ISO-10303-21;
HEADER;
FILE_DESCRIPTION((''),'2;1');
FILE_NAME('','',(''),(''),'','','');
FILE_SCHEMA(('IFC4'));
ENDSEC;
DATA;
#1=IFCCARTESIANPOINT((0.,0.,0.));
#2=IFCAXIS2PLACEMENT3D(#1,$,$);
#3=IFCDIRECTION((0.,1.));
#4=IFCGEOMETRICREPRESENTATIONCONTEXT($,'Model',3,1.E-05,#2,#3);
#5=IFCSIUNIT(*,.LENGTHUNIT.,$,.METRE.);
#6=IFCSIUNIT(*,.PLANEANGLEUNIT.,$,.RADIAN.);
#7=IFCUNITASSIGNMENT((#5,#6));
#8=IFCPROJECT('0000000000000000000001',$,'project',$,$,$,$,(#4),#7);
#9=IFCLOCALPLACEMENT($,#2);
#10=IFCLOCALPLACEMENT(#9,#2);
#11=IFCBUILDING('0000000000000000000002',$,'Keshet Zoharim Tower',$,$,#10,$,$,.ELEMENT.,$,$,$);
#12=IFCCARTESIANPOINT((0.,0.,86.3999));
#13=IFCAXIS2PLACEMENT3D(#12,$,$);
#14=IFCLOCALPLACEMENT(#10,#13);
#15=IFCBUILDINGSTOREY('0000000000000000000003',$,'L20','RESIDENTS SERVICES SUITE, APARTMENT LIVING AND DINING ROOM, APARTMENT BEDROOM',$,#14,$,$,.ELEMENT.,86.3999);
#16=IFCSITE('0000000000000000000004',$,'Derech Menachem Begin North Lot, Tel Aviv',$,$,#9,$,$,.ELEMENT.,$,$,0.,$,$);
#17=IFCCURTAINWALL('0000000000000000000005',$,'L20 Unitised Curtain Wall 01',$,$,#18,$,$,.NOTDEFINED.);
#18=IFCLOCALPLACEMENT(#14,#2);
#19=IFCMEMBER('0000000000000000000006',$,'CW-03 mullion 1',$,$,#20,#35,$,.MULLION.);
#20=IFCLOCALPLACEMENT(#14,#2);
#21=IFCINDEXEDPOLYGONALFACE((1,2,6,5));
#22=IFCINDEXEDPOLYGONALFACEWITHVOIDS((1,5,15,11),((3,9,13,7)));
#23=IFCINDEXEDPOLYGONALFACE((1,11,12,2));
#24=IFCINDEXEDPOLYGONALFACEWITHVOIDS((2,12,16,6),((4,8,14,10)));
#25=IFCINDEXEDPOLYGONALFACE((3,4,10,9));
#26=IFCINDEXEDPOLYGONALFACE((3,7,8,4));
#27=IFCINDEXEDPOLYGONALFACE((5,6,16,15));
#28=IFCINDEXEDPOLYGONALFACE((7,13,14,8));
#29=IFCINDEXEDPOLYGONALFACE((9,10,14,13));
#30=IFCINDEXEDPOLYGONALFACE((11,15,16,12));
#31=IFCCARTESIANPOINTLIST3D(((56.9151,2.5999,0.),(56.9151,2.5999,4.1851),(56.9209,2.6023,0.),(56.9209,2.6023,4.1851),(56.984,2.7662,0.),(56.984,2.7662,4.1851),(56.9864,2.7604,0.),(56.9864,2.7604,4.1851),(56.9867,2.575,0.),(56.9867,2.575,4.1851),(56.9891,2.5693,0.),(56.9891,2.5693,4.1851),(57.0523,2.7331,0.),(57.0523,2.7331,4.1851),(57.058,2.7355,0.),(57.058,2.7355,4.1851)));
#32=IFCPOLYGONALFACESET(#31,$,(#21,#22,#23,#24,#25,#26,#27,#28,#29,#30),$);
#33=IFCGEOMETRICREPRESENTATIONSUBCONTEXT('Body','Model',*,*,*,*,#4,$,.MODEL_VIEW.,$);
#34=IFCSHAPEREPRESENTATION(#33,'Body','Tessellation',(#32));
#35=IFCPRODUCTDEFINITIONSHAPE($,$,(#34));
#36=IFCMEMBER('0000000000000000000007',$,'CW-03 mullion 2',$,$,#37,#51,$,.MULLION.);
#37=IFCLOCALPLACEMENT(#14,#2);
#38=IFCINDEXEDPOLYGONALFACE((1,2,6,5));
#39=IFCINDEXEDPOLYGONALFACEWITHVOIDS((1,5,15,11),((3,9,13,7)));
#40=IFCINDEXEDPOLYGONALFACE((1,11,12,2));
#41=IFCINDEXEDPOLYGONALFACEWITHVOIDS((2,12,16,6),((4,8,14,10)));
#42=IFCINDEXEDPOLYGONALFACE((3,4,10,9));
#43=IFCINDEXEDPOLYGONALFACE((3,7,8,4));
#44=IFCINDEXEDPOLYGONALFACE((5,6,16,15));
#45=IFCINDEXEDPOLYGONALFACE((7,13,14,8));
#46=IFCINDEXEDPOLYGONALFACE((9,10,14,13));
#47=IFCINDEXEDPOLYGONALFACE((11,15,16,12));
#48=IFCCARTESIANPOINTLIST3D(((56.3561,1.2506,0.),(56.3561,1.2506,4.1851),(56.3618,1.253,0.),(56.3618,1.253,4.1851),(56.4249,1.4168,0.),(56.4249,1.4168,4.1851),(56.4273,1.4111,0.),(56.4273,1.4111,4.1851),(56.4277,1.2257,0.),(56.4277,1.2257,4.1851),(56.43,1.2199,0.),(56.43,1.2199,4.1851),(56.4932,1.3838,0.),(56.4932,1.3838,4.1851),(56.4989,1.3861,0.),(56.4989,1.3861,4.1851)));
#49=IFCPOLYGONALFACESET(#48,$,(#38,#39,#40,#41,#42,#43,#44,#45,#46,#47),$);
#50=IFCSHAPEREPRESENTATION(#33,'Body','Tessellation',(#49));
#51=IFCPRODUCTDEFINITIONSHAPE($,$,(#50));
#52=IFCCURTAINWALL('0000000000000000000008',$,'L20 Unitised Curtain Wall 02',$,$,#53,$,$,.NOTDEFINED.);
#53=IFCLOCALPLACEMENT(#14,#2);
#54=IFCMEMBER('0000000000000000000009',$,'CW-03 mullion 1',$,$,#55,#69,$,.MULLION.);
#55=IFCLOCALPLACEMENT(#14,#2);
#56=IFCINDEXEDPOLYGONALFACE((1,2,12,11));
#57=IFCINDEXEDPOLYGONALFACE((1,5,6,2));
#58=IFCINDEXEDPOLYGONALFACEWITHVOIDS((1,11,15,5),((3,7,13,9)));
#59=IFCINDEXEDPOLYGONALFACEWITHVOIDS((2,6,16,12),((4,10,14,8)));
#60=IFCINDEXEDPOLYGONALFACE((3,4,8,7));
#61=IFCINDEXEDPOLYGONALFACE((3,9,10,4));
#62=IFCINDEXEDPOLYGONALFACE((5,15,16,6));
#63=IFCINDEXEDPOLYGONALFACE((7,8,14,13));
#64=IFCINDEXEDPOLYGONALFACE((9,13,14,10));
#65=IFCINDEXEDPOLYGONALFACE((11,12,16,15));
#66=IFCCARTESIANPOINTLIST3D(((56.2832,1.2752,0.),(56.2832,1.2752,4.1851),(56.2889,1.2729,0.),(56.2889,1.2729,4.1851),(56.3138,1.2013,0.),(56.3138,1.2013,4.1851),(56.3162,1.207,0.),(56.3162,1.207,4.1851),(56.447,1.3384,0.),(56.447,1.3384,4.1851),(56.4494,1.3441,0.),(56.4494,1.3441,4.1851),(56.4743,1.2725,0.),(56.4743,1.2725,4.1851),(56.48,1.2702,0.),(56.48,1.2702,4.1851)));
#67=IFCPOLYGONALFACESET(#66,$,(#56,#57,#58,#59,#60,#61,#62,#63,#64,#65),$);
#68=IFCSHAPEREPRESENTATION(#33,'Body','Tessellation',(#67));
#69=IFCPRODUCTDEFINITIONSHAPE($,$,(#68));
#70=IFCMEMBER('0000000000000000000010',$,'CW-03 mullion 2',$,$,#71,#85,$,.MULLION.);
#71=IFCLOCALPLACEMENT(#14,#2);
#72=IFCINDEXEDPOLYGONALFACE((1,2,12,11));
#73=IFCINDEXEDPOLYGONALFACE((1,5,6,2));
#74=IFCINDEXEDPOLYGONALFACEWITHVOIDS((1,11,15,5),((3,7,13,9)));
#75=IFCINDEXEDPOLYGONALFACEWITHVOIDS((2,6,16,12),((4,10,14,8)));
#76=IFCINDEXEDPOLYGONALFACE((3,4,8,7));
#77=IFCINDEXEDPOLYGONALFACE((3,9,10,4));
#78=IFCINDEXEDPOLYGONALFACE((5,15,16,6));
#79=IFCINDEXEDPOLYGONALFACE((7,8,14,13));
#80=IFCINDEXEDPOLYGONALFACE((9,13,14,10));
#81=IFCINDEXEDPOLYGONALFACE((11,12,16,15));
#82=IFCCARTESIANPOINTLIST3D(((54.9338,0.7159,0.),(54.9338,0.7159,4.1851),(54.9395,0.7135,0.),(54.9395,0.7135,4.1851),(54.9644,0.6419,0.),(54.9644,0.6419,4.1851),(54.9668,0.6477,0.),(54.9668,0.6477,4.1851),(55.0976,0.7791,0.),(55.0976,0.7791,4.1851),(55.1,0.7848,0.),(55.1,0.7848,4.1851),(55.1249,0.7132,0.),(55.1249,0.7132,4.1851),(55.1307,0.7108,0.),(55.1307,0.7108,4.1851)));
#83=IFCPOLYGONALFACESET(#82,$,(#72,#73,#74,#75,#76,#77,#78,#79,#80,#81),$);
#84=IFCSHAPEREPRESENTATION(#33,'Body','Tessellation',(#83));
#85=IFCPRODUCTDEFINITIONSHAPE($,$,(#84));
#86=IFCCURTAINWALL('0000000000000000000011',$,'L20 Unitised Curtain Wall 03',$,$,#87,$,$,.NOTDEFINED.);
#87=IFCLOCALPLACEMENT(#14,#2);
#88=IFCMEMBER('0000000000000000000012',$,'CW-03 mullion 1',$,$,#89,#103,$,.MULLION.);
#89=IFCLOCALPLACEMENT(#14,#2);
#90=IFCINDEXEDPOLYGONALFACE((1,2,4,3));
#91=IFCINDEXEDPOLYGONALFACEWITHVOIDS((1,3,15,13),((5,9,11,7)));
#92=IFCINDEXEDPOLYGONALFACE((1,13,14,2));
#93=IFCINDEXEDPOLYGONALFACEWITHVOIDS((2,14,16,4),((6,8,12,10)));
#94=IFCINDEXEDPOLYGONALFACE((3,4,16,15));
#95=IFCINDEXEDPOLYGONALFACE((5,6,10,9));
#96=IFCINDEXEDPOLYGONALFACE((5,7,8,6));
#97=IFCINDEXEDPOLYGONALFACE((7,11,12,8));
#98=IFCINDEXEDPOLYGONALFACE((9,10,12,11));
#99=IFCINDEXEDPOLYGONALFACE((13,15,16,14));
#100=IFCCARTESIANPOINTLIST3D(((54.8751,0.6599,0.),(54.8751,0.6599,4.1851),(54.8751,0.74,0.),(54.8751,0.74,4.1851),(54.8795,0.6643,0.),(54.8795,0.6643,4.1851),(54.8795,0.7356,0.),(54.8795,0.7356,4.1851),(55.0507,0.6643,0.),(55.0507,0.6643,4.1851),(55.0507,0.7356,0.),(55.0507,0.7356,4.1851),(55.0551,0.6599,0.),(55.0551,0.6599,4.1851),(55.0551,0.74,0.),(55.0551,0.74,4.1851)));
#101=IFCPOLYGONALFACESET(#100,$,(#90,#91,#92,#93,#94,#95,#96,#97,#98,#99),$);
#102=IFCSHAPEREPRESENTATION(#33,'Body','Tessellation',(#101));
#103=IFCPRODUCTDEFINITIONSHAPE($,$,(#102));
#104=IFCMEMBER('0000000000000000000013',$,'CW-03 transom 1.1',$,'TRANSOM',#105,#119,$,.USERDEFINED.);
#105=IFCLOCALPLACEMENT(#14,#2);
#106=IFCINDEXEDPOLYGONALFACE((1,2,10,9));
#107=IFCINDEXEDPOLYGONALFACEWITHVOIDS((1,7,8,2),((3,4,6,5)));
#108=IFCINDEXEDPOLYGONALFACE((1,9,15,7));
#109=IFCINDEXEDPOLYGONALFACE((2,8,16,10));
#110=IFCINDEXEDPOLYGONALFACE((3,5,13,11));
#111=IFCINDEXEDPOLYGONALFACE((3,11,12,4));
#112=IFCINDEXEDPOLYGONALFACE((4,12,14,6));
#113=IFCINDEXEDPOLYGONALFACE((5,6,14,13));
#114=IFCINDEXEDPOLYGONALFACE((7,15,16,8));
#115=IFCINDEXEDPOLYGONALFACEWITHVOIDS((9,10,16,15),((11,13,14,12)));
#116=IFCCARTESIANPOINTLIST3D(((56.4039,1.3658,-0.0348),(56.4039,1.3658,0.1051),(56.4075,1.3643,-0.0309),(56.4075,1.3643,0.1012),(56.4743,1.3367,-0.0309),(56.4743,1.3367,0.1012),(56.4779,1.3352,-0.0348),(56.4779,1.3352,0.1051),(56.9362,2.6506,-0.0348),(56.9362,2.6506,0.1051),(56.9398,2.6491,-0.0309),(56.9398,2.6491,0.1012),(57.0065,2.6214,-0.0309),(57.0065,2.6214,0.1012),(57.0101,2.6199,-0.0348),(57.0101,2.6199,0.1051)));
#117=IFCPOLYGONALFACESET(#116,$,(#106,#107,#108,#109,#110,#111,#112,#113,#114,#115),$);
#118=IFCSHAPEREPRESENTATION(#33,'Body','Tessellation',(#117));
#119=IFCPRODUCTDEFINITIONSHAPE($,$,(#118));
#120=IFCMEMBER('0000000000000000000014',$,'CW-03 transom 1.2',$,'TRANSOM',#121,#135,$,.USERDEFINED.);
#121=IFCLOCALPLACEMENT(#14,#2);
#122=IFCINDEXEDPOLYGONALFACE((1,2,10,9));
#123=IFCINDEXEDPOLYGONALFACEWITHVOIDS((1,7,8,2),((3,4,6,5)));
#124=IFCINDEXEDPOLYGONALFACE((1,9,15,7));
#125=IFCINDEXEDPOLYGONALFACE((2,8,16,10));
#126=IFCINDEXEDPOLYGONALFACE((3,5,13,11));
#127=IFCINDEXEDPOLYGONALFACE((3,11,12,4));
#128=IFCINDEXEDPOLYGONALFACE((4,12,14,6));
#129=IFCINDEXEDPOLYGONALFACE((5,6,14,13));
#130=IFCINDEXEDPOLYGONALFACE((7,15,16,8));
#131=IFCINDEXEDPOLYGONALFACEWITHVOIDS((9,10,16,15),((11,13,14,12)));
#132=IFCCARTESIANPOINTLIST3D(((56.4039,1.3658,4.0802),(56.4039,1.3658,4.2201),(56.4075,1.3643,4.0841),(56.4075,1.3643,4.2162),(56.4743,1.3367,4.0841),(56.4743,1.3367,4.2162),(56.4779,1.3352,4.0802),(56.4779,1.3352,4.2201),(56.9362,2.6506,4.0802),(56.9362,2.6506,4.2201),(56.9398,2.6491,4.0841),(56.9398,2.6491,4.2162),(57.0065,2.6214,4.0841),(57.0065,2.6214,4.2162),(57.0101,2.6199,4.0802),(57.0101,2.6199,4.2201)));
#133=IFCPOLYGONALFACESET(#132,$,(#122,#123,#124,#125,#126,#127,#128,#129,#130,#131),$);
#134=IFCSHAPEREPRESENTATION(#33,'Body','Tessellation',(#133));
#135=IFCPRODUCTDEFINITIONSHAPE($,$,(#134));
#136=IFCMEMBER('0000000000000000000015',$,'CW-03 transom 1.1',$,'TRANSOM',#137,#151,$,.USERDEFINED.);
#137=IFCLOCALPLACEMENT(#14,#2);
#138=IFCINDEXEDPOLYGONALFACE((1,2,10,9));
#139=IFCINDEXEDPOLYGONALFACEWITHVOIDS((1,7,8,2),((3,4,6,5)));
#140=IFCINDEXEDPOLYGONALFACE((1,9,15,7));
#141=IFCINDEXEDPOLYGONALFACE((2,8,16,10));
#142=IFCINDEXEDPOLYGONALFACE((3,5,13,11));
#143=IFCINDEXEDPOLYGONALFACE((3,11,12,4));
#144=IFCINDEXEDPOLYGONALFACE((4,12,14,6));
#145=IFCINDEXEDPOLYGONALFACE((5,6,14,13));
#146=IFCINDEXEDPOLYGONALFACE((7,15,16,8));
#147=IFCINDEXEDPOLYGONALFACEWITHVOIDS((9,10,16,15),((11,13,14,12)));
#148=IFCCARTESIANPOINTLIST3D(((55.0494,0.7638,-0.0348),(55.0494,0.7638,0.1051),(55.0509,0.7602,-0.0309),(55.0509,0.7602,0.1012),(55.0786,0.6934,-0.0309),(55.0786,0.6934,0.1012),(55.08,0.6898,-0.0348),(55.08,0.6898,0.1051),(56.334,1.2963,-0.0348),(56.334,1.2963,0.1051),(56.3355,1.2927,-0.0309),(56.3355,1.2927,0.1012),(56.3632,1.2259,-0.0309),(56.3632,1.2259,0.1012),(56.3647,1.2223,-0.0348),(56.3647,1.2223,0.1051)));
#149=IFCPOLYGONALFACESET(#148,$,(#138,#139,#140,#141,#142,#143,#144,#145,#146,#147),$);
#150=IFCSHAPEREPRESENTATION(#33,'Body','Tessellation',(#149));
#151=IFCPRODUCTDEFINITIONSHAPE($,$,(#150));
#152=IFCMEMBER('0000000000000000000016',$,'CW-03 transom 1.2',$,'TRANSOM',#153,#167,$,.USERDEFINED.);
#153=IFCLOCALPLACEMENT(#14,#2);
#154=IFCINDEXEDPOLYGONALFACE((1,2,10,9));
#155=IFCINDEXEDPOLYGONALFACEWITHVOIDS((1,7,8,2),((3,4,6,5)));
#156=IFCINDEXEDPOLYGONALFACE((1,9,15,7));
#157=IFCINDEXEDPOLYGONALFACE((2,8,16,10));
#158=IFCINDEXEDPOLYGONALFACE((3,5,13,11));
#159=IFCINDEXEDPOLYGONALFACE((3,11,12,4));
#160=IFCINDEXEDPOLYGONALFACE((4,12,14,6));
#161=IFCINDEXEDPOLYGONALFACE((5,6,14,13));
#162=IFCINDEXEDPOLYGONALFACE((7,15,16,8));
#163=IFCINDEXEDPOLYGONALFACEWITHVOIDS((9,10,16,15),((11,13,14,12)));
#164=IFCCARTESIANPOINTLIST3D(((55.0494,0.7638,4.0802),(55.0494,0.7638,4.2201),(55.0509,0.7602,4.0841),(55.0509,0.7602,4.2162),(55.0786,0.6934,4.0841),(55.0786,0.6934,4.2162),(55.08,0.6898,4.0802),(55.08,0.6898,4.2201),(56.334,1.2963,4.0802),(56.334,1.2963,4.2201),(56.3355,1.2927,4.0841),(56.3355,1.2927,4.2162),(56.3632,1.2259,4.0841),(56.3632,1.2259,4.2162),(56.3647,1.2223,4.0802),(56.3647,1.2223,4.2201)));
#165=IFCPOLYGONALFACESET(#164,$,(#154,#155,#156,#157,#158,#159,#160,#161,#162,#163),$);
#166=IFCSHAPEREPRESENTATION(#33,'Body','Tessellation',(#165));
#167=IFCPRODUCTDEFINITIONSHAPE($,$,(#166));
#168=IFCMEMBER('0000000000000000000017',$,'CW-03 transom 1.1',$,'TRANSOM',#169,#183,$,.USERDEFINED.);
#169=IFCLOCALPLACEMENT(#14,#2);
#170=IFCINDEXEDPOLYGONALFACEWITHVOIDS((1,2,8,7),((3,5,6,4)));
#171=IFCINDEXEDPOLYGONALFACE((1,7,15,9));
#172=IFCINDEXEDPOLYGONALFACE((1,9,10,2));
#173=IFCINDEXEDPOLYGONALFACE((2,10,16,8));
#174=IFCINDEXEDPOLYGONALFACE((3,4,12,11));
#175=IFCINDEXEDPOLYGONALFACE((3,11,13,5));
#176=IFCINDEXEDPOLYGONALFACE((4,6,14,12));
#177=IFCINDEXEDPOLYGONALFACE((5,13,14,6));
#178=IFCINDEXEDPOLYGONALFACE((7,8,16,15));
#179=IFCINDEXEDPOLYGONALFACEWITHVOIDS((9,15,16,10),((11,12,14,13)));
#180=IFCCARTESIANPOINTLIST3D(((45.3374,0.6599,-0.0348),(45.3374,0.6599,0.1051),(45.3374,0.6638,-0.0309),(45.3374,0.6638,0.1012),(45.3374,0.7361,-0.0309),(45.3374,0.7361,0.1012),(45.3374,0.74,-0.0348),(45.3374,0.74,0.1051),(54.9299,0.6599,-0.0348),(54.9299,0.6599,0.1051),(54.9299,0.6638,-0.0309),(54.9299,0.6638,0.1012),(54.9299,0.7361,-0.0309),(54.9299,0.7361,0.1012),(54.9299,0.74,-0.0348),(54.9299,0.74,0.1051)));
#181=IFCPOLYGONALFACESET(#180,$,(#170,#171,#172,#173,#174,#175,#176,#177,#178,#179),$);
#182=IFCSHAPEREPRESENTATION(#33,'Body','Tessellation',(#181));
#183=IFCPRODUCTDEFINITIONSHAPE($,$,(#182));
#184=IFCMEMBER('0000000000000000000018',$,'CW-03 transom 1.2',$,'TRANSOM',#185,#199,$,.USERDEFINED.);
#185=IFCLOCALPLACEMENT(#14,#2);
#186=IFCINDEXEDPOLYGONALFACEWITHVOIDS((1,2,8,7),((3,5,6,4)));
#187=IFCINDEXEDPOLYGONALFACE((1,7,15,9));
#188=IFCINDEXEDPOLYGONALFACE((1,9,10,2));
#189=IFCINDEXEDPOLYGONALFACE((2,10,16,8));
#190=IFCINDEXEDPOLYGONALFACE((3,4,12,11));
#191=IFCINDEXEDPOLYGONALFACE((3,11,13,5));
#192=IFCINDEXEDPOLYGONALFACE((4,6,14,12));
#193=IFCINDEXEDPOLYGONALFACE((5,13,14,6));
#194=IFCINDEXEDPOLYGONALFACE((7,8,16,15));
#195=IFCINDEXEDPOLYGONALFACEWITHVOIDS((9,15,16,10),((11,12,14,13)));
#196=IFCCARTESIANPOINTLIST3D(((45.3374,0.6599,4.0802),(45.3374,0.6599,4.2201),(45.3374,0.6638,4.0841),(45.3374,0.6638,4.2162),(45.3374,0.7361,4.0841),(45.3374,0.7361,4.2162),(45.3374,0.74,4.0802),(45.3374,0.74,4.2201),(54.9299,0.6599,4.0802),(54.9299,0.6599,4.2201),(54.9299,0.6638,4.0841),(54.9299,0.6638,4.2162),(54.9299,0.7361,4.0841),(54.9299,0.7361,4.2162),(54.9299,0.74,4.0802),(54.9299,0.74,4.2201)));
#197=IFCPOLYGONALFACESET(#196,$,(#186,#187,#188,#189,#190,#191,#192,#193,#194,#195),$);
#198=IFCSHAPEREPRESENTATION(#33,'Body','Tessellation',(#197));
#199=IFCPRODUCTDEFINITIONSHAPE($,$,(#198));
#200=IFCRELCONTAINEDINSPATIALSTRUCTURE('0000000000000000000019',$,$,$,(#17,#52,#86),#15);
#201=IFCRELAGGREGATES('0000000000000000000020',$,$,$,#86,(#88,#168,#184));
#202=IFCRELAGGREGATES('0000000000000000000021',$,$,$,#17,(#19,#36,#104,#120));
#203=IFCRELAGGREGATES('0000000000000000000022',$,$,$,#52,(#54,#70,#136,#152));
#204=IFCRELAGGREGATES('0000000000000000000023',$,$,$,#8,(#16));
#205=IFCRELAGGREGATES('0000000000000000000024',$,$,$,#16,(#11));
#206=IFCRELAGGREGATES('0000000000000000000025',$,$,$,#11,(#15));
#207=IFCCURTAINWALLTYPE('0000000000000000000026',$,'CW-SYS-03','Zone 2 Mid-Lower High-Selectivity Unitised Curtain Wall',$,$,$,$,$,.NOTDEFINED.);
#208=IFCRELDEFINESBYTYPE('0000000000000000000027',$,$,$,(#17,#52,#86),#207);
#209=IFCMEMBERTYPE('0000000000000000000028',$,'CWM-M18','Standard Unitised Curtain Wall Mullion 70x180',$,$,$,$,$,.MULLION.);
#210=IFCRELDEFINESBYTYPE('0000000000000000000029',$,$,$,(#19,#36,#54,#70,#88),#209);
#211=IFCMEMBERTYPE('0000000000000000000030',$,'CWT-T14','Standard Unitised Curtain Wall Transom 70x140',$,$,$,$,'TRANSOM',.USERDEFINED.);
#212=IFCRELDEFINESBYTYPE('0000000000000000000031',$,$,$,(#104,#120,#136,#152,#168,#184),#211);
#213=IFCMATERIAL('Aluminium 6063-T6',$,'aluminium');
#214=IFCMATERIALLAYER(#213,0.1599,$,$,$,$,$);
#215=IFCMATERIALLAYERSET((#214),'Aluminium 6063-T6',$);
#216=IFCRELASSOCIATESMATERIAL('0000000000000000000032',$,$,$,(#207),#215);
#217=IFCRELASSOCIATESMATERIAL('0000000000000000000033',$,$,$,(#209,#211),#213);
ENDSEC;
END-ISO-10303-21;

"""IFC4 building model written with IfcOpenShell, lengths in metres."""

from ifc_helpers import new_model, si_unit, direction, frame, origin, origin_2d, place, context, subcontext, project, spatial, hollow_rectangle, extrude, material, layer, layer_set, material_profile, profile_set, type_object, element, aggregate, save


model = new_model("IFC4")

# Units and contexts
model_context = context("Model", 3, precision=1e-05, world=origin(), true_north=direction((0.0, 1.0)))
body_context = subcontext(model_context, "Body", "Model", "MODEL_VIEW")
ifc_project = project(units=[si_unit("LENGTHUNIT", "METRE"), si_unit("PLANEANGLEUNIT", "RADIAN")], contexts=[model_context])

# Site, building, storey
site_placement = place(None, origin())
site = spatial("IfcSite", under=ifc_project, at=site_placement, Name="Derech Menachem Begin North Lot, Tel Aviv", CompositionType="ELEMENT", RefElevation=0.0)
building_placement = place(site_placement, origin())
building = spatial("IfcBuilding", under=site, at=building_placement, Name="Keshet Zoharim Tower", CompositionType="ELEMENT")
storey_placement = place(building_placement, frame((0.0, 0.0, 86.3999)))
storey = spatial("IfcBuildingStorey", under=building, at=storey_placement, Name="L20", Description="RESIDENTS SERVICES SUITE, APARTMENT LIVING AND DINING ROOM, APARTMENT BEDROOM", CompositionType="ELEMENT", Elevation=86.3999)

# Curtain walls, members
ifc_material_1 = material(Name="Aluminium 6063-T6", Category="aluminium")
ifc_layer_1 = layer(ifc_material_1, 0.1599)
ifc_layer_set_1 = layer_set([ifc_layer_1], Name="Aluminium 6063-T6")
curtain_wall_type = type_object("IfcCurtainWallType", Name="CW-SYS-03", Description="Zone 2 Mid-Lower High-Selectivity Unitised Curtain Wall", PredefinedType="NOTDEFINED", material=ifc_layer_set_1)
curtain_wall_1_placement = place(storey_placement, origin())
curtain_wall_1 = element("IfcCurtainWall", 1, at=curtain_wall_1_placement, inside=storey, type_object=curtain_wall_type, Name="L20 Unitised Curtain Wall 01", PredefinedType="NOTDEFINED")
ifc_material_profile_1 = material_profile(ifc_material_1, hollow_rectangle(XDim=0.0801, YDim=0.1799, WallThickness=0.0044, at=origin_2d()), Name="MUL-80x180")
ifc_profile_set_1 = profile_set([ifc_material_profile_1], Name="Aluminium 6063-T6")
member_type_1 = type_object("IfcMemberType", Name="CWM-M18", Description="Standard Unitised Curtain Wall Mullion 70x180", PredefinedType="MULLION", material=ifc_profile_set_1)
member_1_placement = place(storey_placement, frame((56.9866, 2.6677, 0.0), z_axis=(0.0, 0.0, 1.0), x_axis=(0.92381, -0.382852, 0.0)))
member_1 = element("IfcMember", 2, at=member_1_placement, type_object=member_type_1, Name="CW-03 mullion 1", PredefinedType="MULLION", context=body_context, shape_type="SweptSolid", body=[
    extrude(hollow_rectangle(XDim=0.0801, YDim=0.1799, WallThickness=0.0044, at=origin_2d()), origin(), (0.0, 0.0, 1.0), 4.1851),
])
member_2_placement = place(storey_placement, frame((56.4275, 1.3184, 0.0), z_axis=(0.0, 0.0, 1.0), x_axis=(0.92381, -0.382852, 0.0)))
member_2 = element("IfcMember", 3, at=member_2_placement, type_object=member_type_1, Name="CW-03 mullion 2", PredefinedType="MULLION", context=body_context, shape_type="SweptSolid", body=[
    extrude(hollow_rectangle(XDim=0.0801, YDim=0.1799, WallThickness=0.0044, at=origin_2d()), origin(), (0.0, 0.0, 1.0), 4.1851),
])
curtain_wall_2_placement = place(storey_placement, origin())
curtain_wall_2 = element("IfcCurtainWall", 4, at=curtain_wall_2_placement, inside=storey, type_object=curtain_wall_type, Name="L20 Unitised Curtain Wall 02", PredefinedType="NOTDEFINED")
member_3_placement = place(storey_placement, frame((56.3816, 1.2727, 0.0), z_axis=(0.0, 0.0, 1.0), x_axis=(0.382852, -0.92381, 0.0)))
member_3 = element("IfcMember", 5, at=member_3_placement, type_object=member_type_1, Name="CW-03 mullion 1", PredefinedType="MULLION", context=body_context, shape_type="SweptSolid", body=[
    extrude(hollow_rectangle(XDim=0.0801, YDim=0.1799, WallThickness=0.0044, at=origin_2d()), origin(), (0.0, 0.0, 1.0), 4.1851),
])
member_4_placement = place(storey_placement, frame((55.0322, 0.7134, 0.0), z_axis=(0.0, 0.0, 1.0), x_axis=(0.382852, -0.92381, 0.0)))
member_4 = element("IfcMember", 6, at=member_4_placement, type_object=member_type_1, Name="CW-03 mullion 2", PredefinedType="MULLION", context=body_context, shape_type="SweptSolid", body=[
    extrude(hollow_rectangle(XDim=0.0801, YDim=0.1799, WallThickness=0.0044, at=origin_2d()), origin(), (0.0, 0.0, 1.0), 4.1851),
])

# Curtain wall, member
curtain_wall_3_placement = place(storey_placement, origin())
curtain_wall_3 = element("IfcCurtainWall", 7, at=curtain_wall_3_placement, inside=storey, type_object=curtain_wall_type, Name="L20 Unitised Curtain Wall 03", PredefinedType="NOTDEFINED")
member_5_placement = place(storey_placement, frame((54.9651, 0.7, 0.0), z_axis=(0.0, 0.0, 1.0), x_axis=(0.0, -1.0, 0.0)))
member_5 = element("IfcMember", 8, at=member_5_placement, type_object=member_type_1, Name="CW-03 mullion 1", PredefinedType="MULLION", context=body_context, shape_type="SweptSolid", body=[
    extrude(hollow_rectangle(XDim=0.0801, YDim=0.1799, WallThickness=0.0044, at=origin_2d()), origin(), (0.0, 0.0, 1.0), 4.1851),
])

# Members
ifc_material_profile_2 = material_profile(ifc_material_1, hollow_rectangle(XDim=0.0801, YDim=0.1399, WallThickness=0.0039, at=origin_2d()), Name="TRN-80x140")
ifc_profile_set_2 = profile_set([ifc_material_profile_2], Name="Aluminium 6063-T6")
member_type_2 = type_object("IfcMemberType", Name="CWT-T14", Description="Standard Unitised Curtain Wall Transom 70x140", ElementType="TRANSOM", PredefinedType="USERDEFINED", material=ifc_profile_set_2)
member_6_placement = place(storey_placement, frame((56.9731, 2.6353, 0.0352), z_axis=(-0.382745, -0.923854, 0.0), x_axis=(0.923854, -0.382745, 0.0)))
member_6 = element("IfcMember", 9, at=member_6_placement, type_object=member_type_2, Name="CW-03 transom 1.1", ObjectType="TRANSOM", PredefinedType="USERDEFINED", context=body_context, shape_type="SweptSolid", body=[
    extrude(hollow_rectangle(XDim=0.0801, YDim=0.1399, WallThickness=0.0039, at=origin_2d()), origin(), (0.0, 0.0, 1.0), 1.3906),
])
member_7_placement = place(storey_placement, frame((56.9731, 2.6353, 4.1501), z_axis=(-0.382745, -0.923854, 0.0), x_axis=(0.923854, -0.382745, 0.0)))
member_7 = element("IfcMember", 10, at=member_7_placement, type_object=member_type_2, Name="CW-03 transom 1.2", ObjectType="TRANSOM", PredefinedType="USERDEFINED", context=body_context, shape_type="SweptSolid", body=[
    extrude(hollow_rectangle(XDim=0.0801, YDim=0.1399, WallThickness=0.0039, at=origin_2d()), origin(), (0.0, 0.0, 1.0), 1.3906),
])
member_8_placement = place(storey_placement, frame((56.3494, 1.2593, 0.0352), z_axis=(-0.923792, -0.382894, 0.0), x_axis=(0.382894, -0.923792, 0.0)))
member_8 = element("IfcMember", 11, at=member_8_placement, type_object=member_type_2, Name="CW-03 transom 1.1", ObjectType="TRANSOM", PredefinedType="USERDEFINED", context=body_context, shape_type="SweptSolid", body=[
    extrude(hollow_rectangle(XDim=0.0801, YDim=0.1399, WallThickness=0.0039, at=origin_2d()), origin(), (0.0, 0.0, 1.0), 1.3906),
])
member_9_placement = place(storey_placement, frame((56.3494, 1.2593, 4.1501), z_axis=(-0.923792, -0.382894, 0.0), x_axis=(0.382894, -0.923792, 0.0)))
member_9 = element("IfcMember", 12, at=member_9_placement, type_object=member_type_2, Name="CW-03 transom 1.2", ObjectType="TRANSOM", PredefinedType="USERDEFINED", context=body_context, shape_type="SweptSolid", body=[
    extrude(hollow_rectangle(XDim=0.0801, YDim=0.1399, WallThickness=0.0039, at=origin_2d()), origin(), (0.0, 0.0, 1.0), 1.3906),
])
member_10_placement = place(storey_placement, frame((54.9299, 0.7, 0.0352), z_axis=(-1.0, 0.0, 0.0), x_axis=(0.0, -1.0, 0.0)))
member_10 = element("IfcMember", 13, at=member_10_placement, type_object=member_type_2, Name="CW-03 transom 1.1", ObjectType="TRANSOM", PredefinedType="USERDEFINED", context=body_context, shape_type="SweptSolid", body=[
    extrude(hollow_rectangle(XDim=0.0801, YDim=0.1399, WallThickness=0.0039, at=origin_2d()), origin(), (0.0, 0.0, 1.0), 9.5925),
])
member_11_placement = place(storey_placement, frame((54.9299, 0.7, 4.1501), z_axis=(-1.0, 0.0, 0.0), x_axis=(0.0, -1.0, 0.0)))
member_11 = element("IfcMember", 14, at=member_11_placement, type_object=member_type_2, Name="CW-03 transom 1.2", ObjectType="TRANSOM", PredefinedType="USERDEFINED", context=body_context, shape_type="SweptSolid", body=[
    extrude(hollow_rectangle(XDim=0.0801, YDim=0.1399, WallThickness=0.0039, at=origin_2d()), origin(), (0.0, 0.0, 1.0), 9.5925),
])
aggregate(curtain_wall_3, [member_5, member_10, member_11])

aggregate(curtain_wall_1, [member_1, member_2, member_6, member_7])
aggregate(curtain_wall_2, [member_3, member_4, member_8, member_9])

save(model, "model.ifc")
